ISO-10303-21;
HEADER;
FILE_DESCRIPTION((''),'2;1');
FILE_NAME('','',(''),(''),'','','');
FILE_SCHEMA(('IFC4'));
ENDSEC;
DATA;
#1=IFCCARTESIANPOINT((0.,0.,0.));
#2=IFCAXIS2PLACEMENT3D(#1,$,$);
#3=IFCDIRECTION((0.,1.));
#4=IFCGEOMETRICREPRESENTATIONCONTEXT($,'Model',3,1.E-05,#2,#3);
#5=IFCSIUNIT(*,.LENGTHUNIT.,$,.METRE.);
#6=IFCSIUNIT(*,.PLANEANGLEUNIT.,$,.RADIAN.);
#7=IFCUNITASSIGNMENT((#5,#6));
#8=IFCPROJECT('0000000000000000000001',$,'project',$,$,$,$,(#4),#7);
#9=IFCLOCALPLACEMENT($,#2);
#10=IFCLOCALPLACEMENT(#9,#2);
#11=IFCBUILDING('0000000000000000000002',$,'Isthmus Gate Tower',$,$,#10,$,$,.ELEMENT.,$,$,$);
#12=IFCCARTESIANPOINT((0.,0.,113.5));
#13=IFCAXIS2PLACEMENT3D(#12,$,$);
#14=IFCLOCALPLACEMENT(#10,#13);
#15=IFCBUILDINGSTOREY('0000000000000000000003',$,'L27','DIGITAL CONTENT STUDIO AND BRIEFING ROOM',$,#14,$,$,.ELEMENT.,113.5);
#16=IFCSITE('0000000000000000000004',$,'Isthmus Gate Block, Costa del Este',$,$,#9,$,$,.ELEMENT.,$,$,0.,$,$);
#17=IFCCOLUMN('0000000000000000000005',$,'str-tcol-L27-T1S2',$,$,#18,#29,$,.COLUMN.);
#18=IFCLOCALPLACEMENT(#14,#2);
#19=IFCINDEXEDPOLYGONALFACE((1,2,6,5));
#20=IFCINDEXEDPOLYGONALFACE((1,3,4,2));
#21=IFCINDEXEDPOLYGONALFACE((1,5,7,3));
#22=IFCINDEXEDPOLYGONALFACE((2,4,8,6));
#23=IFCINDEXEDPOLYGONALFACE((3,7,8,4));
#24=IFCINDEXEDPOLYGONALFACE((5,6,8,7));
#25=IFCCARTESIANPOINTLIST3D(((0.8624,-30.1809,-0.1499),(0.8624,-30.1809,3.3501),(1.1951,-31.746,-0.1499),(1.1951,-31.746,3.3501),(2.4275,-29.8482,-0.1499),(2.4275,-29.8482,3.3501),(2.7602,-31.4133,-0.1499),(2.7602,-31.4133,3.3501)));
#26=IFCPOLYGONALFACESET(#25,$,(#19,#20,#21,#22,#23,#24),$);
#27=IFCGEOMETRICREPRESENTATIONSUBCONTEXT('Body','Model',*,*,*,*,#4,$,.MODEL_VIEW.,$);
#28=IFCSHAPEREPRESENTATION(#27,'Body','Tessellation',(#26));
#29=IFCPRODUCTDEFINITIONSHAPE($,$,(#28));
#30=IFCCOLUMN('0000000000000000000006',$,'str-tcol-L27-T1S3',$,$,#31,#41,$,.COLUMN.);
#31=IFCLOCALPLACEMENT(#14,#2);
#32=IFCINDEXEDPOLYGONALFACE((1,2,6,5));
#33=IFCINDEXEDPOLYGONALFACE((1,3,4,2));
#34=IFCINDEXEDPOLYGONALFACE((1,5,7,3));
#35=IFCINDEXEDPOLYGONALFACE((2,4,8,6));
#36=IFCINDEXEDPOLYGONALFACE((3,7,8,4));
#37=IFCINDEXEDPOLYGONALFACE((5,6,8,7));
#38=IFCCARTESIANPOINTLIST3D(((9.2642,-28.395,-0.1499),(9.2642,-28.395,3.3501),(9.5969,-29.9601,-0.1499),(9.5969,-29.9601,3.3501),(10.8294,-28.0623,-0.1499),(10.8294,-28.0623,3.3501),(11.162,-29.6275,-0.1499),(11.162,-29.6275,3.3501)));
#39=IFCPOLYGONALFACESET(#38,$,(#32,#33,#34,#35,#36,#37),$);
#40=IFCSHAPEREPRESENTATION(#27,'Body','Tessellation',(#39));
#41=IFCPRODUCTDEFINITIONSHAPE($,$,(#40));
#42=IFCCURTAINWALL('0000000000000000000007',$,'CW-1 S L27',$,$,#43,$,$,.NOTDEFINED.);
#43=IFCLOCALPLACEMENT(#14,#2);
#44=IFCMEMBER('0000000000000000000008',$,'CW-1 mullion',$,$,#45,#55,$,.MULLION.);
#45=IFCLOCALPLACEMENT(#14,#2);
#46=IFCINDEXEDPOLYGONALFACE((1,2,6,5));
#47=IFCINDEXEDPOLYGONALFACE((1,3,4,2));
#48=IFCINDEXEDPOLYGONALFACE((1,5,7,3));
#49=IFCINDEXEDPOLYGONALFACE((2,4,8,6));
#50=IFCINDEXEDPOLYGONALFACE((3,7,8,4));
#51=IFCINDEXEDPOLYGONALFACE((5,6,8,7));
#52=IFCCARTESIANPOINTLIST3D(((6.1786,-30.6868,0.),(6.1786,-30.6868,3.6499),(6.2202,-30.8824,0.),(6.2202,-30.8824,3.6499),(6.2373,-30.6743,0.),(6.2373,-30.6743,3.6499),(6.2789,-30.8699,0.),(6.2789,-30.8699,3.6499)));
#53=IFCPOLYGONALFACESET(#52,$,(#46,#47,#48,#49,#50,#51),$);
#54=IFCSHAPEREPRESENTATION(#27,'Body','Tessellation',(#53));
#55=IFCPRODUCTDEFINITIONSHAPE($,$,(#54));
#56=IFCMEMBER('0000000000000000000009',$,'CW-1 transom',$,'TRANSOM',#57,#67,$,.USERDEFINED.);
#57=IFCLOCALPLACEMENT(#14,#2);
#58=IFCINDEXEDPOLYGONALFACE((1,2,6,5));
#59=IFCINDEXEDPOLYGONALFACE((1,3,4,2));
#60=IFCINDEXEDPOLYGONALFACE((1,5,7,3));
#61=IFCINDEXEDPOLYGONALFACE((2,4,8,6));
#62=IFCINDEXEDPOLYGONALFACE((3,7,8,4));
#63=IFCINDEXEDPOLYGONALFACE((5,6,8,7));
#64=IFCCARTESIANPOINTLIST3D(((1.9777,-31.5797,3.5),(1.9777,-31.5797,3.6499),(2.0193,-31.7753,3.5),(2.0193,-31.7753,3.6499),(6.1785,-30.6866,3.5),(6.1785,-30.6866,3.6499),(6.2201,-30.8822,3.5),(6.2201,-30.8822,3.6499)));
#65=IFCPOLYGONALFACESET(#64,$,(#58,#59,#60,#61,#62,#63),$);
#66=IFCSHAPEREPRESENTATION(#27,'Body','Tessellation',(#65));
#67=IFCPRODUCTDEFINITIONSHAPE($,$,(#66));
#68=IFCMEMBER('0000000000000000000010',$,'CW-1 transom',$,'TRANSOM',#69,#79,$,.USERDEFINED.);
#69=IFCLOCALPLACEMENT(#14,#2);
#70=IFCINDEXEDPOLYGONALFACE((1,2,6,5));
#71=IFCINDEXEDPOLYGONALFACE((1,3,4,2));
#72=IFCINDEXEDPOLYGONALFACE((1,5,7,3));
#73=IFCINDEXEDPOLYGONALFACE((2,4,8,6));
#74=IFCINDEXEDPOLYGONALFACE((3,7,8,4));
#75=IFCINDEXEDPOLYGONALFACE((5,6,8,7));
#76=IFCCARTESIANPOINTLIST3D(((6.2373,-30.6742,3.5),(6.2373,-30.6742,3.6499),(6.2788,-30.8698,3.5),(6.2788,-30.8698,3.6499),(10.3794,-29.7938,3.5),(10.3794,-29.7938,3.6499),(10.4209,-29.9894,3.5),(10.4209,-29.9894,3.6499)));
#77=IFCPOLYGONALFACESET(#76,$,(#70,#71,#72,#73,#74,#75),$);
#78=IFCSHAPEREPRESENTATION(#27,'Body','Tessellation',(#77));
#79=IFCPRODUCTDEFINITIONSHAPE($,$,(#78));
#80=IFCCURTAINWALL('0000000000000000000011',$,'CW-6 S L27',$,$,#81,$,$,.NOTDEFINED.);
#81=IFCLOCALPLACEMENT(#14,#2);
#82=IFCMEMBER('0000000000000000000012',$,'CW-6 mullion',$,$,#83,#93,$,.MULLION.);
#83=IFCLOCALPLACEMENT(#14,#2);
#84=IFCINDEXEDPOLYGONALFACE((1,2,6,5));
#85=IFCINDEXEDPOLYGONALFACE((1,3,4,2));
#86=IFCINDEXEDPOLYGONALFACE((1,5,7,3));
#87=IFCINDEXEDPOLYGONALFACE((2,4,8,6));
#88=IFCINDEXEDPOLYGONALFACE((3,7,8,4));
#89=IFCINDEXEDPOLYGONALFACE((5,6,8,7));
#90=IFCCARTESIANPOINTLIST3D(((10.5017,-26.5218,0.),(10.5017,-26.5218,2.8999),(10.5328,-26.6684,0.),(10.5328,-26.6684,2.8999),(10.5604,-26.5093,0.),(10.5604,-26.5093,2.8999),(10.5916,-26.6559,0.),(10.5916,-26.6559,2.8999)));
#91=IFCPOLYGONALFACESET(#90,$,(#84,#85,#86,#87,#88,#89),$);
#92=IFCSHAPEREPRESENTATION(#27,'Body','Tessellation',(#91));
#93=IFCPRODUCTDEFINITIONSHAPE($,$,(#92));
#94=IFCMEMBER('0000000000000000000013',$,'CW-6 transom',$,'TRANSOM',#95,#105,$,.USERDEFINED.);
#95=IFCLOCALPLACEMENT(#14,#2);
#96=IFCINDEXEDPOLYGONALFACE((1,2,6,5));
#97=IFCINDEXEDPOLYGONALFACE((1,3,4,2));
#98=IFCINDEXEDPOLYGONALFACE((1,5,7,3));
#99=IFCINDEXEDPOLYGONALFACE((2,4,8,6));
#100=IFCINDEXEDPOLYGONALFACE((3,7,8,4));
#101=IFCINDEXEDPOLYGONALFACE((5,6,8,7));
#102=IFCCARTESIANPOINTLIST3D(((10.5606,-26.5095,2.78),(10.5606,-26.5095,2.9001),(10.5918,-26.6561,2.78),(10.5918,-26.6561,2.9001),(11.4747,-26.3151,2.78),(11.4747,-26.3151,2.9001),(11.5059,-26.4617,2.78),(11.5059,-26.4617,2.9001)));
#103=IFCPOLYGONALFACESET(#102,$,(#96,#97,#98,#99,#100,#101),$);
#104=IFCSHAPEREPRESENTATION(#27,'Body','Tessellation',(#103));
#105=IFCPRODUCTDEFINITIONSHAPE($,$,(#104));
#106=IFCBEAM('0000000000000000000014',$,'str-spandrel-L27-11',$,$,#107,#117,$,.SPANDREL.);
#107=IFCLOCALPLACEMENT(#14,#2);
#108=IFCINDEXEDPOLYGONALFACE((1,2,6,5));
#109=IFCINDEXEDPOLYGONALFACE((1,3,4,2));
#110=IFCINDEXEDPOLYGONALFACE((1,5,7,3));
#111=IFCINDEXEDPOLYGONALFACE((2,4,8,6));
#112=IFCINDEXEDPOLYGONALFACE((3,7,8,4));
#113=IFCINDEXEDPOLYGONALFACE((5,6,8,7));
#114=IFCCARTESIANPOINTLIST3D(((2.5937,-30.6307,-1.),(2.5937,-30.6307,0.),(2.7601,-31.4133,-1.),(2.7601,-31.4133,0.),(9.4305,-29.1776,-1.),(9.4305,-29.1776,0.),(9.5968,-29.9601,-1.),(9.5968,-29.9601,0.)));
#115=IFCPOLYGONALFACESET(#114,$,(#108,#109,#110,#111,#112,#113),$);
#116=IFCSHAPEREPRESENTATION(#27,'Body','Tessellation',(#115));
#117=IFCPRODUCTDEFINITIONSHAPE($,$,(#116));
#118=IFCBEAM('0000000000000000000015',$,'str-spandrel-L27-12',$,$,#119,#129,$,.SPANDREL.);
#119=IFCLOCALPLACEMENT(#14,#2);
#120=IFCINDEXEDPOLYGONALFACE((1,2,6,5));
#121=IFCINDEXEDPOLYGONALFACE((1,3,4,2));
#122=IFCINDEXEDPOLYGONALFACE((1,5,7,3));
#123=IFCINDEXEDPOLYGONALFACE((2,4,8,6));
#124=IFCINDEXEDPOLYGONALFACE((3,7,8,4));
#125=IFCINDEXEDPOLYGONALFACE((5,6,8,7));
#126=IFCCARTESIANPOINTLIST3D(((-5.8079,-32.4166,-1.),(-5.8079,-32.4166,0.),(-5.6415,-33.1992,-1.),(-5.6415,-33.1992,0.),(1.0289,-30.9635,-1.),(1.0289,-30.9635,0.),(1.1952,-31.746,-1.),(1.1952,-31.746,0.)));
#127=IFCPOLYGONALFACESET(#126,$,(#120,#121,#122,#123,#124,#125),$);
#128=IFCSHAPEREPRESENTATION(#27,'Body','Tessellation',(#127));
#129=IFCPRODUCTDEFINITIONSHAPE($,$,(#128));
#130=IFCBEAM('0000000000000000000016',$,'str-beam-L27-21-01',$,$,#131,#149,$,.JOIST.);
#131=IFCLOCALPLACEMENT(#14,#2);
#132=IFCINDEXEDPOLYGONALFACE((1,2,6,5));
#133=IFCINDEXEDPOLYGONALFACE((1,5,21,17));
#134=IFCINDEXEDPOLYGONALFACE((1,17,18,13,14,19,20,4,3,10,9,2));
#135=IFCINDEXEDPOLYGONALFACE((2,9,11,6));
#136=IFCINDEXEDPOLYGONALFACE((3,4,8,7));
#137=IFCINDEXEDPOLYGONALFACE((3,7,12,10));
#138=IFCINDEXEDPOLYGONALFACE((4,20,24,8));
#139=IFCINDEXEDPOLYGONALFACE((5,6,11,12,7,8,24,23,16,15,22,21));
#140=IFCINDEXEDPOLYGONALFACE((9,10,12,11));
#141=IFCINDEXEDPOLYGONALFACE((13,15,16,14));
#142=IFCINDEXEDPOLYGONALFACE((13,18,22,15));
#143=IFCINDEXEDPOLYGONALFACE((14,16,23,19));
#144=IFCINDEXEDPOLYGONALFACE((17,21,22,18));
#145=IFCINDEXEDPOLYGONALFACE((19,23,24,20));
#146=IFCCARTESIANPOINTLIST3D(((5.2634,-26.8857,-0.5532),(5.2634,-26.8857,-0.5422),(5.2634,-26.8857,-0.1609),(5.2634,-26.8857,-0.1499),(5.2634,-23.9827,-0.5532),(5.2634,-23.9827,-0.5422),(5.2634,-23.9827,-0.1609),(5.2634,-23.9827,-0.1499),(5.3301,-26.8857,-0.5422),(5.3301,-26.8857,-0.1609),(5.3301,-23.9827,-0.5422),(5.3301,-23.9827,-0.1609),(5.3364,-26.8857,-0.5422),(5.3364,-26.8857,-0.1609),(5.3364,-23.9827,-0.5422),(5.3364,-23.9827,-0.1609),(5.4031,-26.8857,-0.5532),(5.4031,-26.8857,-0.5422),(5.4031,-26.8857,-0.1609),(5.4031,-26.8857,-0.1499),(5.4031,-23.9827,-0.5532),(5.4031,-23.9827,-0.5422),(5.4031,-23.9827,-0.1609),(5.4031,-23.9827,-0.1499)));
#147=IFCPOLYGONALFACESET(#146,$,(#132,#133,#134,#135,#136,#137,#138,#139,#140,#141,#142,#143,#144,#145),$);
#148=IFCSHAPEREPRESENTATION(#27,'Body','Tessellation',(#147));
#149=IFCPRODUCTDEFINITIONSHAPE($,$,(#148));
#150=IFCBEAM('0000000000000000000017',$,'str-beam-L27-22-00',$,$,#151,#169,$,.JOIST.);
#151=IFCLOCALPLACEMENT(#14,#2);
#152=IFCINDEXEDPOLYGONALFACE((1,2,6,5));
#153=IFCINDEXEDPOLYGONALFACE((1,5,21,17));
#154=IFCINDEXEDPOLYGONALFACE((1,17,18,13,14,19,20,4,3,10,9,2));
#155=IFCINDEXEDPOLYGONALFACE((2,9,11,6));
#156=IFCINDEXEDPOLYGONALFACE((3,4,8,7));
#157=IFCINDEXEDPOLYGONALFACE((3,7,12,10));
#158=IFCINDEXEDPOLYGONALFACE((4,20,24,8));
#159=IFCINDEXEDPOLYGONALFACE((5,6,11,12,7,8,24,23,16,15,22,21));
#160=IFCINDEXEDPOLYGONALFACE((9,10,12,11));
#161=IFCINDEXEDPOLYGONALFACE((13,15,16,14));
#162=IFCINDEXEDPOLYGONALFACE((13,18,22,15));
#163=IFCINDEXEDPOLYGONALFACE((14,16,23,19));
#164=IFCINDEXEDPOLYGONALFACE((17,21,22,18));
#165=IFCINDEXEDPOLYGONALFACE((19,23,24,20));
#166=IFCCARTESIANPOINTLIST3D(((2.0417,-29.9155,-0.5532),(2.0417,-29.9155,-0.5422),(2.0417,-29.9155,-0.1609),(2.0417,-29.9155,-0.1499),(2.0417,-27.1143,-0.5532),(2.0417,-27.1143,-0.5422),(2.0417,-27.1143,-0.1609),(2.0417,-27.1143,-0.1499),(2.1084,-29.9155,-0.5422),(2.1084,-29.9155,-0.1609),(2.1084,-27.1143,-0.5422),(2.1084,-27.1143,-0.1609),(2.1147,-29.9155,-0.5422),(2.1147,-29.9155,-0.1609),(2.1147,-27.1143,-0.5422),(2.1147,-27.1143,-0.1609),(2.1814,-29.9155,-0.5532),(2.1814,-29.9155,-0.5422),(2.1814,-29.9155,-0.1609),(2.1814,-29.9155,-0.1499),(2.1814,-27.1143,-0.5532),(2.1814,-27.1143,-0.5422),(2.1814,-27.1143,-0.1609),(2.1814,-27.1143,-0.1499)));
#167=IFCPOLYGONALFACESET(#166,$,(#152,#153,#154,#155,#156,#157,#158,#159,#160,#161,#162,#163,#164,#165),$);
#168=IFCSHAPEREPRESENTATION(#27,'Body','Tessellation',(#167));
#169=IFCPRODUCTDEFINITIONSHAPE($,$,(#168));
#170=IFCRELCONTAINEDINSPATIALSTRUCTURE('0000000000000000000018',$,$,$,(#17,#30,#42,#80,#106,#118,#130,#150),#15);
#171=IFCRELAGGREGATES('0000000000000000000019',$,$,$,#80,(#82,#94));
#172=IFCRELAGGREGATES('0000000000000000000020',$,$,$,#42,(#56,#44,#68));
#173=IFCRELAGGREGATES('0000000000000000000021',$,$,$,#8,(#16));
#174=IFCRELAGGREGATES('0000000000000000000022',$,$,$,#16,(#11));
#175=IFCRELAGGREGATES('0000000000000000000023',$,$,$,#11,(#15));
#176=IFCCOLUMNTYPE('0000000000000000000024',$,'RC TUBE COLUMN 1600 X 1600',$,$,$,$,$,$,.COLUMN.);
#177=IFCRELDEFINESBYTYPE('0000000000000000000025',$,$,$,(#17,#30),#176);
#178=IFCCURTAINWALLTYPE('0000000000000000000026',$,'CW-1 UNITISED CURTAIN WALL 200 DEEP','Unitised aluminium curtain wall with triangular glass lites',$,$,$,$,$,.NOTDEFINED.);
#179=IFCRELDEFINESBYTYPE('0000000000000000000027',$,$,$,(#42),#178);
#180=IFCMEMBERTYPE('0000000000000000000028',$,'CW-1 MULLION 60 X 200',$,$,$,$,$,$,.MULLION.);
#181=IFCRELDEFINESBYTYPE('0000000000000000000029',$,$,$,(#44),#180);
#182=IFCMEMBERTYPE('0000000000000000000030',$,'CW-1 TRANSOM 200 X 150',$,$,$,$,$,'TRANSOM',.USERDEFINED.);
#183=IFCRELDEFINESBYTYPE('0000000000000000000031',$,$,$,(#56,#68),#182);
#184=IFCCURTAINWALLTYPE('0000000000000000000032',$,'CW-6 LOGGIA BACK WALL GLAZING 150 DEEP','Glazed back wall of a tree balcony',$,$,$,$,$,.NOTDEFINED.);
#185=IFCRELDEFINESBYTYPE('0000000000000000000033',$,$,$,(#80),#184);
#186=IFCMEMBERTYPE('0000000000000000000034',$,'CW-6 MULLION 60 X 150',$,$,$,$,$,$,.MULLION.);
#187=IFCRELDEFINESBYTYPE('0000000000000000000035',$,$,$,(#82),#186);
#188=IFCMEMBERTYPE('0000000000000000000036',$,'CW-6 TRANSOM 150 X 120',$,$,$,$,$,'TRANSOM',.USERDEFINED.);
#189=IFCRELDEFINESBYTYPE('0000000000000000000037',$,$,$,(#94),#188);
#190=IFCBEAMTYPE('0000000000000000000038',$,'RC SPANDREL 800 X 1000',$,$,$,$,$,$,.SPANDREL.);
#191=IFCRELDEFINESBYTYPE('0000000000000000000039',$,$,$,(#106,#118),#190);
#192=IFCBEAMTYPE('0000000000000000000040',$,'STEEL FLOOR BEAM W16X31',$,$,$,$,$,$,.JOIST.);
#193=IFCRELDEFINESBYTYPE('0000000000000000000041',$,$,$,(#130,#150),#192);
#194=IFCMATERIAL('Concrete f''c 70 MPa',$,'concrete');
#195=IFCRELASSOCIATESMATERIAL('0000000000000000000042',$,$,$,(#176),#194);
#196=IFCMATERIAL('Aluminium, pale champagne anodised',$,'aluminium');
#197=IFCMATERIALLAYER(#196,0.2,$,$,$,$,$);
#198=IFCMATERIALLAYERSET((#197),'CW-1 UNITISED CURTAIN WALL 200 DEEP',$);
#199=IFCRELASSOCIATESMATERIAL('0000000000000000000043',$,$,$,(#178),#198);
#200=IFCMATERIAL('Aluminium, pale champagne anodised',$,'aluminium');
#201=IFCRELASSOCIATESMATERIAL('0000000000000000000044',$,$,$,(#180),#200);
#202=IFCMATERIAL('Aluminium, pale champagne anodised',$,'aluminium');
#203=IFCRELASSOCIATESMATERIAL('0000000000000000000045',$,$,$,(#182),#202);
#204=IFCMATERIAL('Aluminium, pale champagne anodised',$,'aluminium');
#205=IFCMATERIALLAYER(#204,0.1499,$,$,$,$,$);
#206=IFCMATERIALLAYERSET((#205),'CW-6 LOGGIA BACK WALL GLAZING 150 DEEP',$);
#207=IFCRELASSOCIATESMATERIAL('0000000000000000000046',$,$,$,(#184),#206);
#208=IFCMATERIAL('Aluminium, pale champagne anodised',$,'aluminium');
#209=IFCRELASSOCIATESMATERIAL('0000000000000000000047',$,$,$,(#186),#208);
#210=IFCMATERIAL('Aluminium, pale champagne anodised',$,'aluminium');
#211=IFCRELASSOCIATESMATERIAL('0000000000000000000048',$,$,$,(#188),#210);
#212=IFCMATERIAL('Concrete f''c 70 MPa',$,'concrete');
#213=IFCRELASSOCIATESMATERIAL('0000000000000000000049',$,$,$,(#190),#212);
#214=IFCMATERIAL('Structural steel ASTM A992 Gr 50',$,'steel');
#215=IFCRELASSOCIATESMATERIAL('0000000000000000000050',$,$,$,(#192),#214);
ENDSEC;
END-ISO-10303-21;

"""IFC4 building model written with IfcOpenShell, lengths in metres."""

from ifc_helpers import new_model, si_unit, direction, frame, origin, origin_2d, place, context, subcontext, project, spatial, rectangle, i_section, extrude, material, layer, layer_set, material_profile, profile_set, type_object, element, aggregate, save


model = new_model("IFC4")

# Units and contexts
model_context = context("Model", 3, precision=1e-05, world=origin(), true_north=direction((0.0, 1.0)))
body_context = subcontext(model_context, "Body", "Model", "MODEL_VIEW")
ifc_project = project(units=[si_unit("LENGTHUNIT", "METRE"), si_unit("PLANEANGLEUNIT", "RADIAN")], contexts=[model_context])

# Site, building, storey
site_placement = place(None, origin())
site = spatial("IfcSite", under=ifc_project, at=site_placement, Name="Isthmus Gate Block, Costa del Este", CompositionType="ELEMENT", RefElevation=0.0)
building_placement = place(site_placement, origin())
building = spatial("IfcBuilding", under=site, at=building_placement, Name="Isthmus Gate Tower", CompositionType="ELEMENT")
storey_placement = place(building_placement, frame((0.0, 0.0, 113.5)))
storey = spatial("IfcBuildingStorey", under=building, at=storey_placement, Name="L27", Description="DIGITAL CONTENT STUDIO AND BRIEFING ROOM", CompositionType="ELEMENT", Elevation=113.5)

# Columns
ifc_material_1 = material(Name="Concrete f'c 70 MPa", Category="concrete")
ifc_material_profile_1 = material_profile(ifc_material_1, rectangle(XDim=1.6001, YDim=1.6001, at=origin_2d()), Name="RC 1600X1600")
ifc_profile_set_1 = profile_set([ifc_material_profile_1], Name="Concrete f'c 70 MPa")
column_type = type_object("IfcColumnType", Name="RC TUBE COLUMN 1600 X 1600", PredefinedType="COLUMN", material=ifc_profile_set_1)
for number, where, z_axis, x_axis, name in (
    (1, (1.8113, -30.7971, -0.1499), (0.0, 0.0, 1.0), (0.978148, 0.207912, 0.0), "str-tcol-L27-T1S2"),
    (2, (10.2131, -29.0112, -0.1499), (0.0, 0.0, 1.0), (0.978148, 0.207912, 0.0), "str-tcol-L27-T1S3"),
):
    element("IfcColumn", number, at=place(storey_placement, frame(where, z_axis=z_axis, x_axis=x_axis)), inside=storey, type_object=column_type, Name=name, PredefinedType="COLUMN", context=body_context, shape_type="SweptSolid", body=[
        extrude(rectangle(XDim=1.6001, YDim=1.6001, at=origin_2d()), origin(), (0.0, 0.0, 1.0), 3.5),
    ])

# Curtain walls, members
ifc_material_2 = material(Name="Aluminium, pale champagne anodised", Category="aluminium")
ifc_layer_1 = layer(ifc_material_2, 0.2)
ifc_layer_set_1 = layer_set([ifc_layer_1], Name="CW-1 UNITISED CURTAIN WALL 200 DEEP")
curtain_wall_type_1 = type_object("IfcCurtainWallType", Name="CW-1 UNITISED CURTAIN WALL 200 DEEP", Description="Unitised aluminium curtain wall with triangular glass lites", PredefinedType="NOTDEFINED", material=ifc_layer_set_1)
curtain_wall_1_placement = place(storey_placement, origin())
curtain_wall_1 = element("IfcCurtainWall", 3, at=curtain_wall_1_placement, inside=storey, type_object=curtain_wall_type_1, Name="CW-1 S L27", PredefinedType="NOTDEFINED")
ifc_material_3 = material(Name="Aluminium, pale champagne anodised", Category="aluminium")
ifc_material_profile_2 = material_profile(ifc_material_3, rectangle(XDim=0.0601, YDim=0.2, at=origin_2d()), Name="60x200")
ifc_profile_set_2 = profile_set([ifc_material_profile_2], Name="Aluminium, pale champagne anodised")
member_type_1 = type_object("IfcMemberType", Name="CW-1 MULLION 60 X 200", PredefinedType="MULLION", material=ifc_profile_set_2)
member_1_placement = place(storey_placement, frame((6.2288, -30.7783, 0.0), z_axis=(0.0, 0.0, 1.0), x_axis=(0.978148, 0.207912, 0.0)))
member_1 = element("IfcMember", 4, at=member_1_placement, type_object=member_type_1, Name="CW-1 mullion", PredefinedType="MULLION", context=body_context, shape_type="SweptSolid", body=[
    extrude(rectangle(XDim=0.0601, YDim=0.2, at=origin_2d()), origin(), (0.0, 0.0, 1.0), 3.6499),
])
ifc_material_4 = material(Name="Aluminium, pale champagne anodised", Category="aluminium")
ifc_material_profile_3 = material_profile(ifc_material_4, rectangle(XDim=0.2, YDim=0.1499, at=origin_2d()), Name="200x150")
ifc_profile_set_3 = profile_set([ifc_material_profile_3], Name="Aluminium, pale champagne anodised")
member_type_2 = type_object("IfcMemberType", Name="CW-1 TRANSOM 200 X 150", ElementType="TRANSOM", PredefinedType="USERDEFINED", material=ifc_profile_set_3)
member_2_placement = place(storey_placement, frame((1.9985, -31.6775, 3.575), z_axis=(0.978139, 0.207953, 0.0), x_axis=(-0.207953, 0.978139, 0.0)))
member_2 = element("IfcMember", 5, at=member_2_placement, type_object=member_type_2, Name="CW-1 transom", ObjectType="TRANSOM", PredefinedType="USERDEFINED", context=body_context, shape_type="SweptSolid", body=[
    extrude(rectangle(XDim=0.2, YDim=0.1499, at=origin_2d()), origin(), (0.0, 0.0, 1.0), 4.2947),
])
member_3_placement = place(storey_placement, frame((6.2581, -30.772, 3.575), z_axis=(0.97815, 0.207899, 0.0), x_axis=(-0.207899, 0.97815, 0.0)))
member_3 = element("IfcMember", 6, at=member_3_placement, type_object=member_type_2, Name="CW-1 transom", ObjectType="TRANSOM", PredefinedType="USERDEFINED", context=body_context, shape_type="SweptSolid", body=[
    extrude(rectangle(XDim=0.2, YDim=0.1499, at=origin_2d()), origin(), (0.0, 0.0, 1.0), 4.2346),
])
ifc_material_5 = material(Name="Aluminium, pale champagne anodised", Category="aluminium")
ifc_layer_2 = layer(ifc_material_5, 0.1499)
ifc_layer_set_2 = layer_set([ifc_layer_2], Name="CW-6 LOGGIA BACK WALL GLAZING 150 DEEP")
curtain_wall_type_2 = type_object("IfcCurtainWallType", Name="CW-6 LOGGIA BACK WALL GLAZING 150 DEEP", Description="Glazed back wall of a tree balcony", PredefinedType="NOTDEFINED", material=ifc_layer_set_2)
curtain_wall_2_placement = place(storey_placement, origin())
curtain_wall_2 = element("IfcCurtainWall", 7, at=curtain_wall_2_placement, inside=storey, type_object=curtain_wall_type_2, Name="CW-6 S L27", PredefinedType="NOTDEFINED")
ifc_material_6 = material(Name="Aluminium, pale champagne anodised", Category="aluminium")
ifc_material_profile_4 = material_profile(ifc_material_6, rectangle(XDim=0.0601, YDim=0.1499, at=origin_2d()), Name="60x150")
ifc_profile_set_4 = profile_set([ifc_material_profile_4], Name="Aluminium, pale champagne anodised")
member_type_3 = type_object("IfcMemberType", Name="CW-6 MULLION 60 X 150", PredefinedType="MULLION", material=ifc_profile_set_4)
member_4_placement = place(storey_placement, frame((10.5466, -26.5889, 0.0), z_axis=(0.0, 0.0, 1.0), x_axis=(0.978148, 0.207912, 0.0)))
member_4 = element("IfcMember", 8, at=member_4_placement, type_object=member_type_3, Name="CW-6 mullion", PredefinedType="MULLION", context=body_context, shape_type="SweptSolid", body=[
    extrude(rectangle(XDim=0.0601, YDim=0.1499, at=origin_2d()), origin(), (0.0, 0.0, 1.0), 2.8999),
])
ifc_material_7 = material(Name="Aluminium, pale champagne anodised", Category="aluminium")
ifc_material_profile_5 = material_profile(ifc_material_7, rectangle(XDim=0.1499, YDim=0.1201, at=origin_2d()), Name="150x120")
ifc_profile_set_5 = profile_set([ifc_material_profile_5], Name="Aluminium, pale champagne anodised")
member_type_4 = type_object("IfcMemberType", Name="CW-6 TRANSOM 150 X 120", ElementType="TRANSOM", PredefinedType="USERDEFINED", material=ifc_profile_set_5)
member_5_placement = place(storey_placement, frame((10.5762, -26.5828, 2.8401), z_axis=(0.978138, 0.207959, 0.0), x_axis=(-0.207959, 0.978138, 0.0)))
member_5 = element("IfcMember", 9, at=member_5_placement, type_object=member_type_4, Name="CW-6 transom", ObjectType="TRANSOM", PredefinedType="USERDEFINED", context=body_context, shape_type="SweptSolid", body=[
    extrude(rectangle(XDim=0.1499, YDim=0.1201, at=origin_2d()), origin(), (0.0, 0.0, 1.0), 0.9346),
])

# Beams
ifc_material_8 = material(Name="Concrete f'c 70 MPa", Category="concrete")
ifc_material_profile_6 = material_profile(ifc_material_8, rectangle(XDim=0.8, YDim=1.0, at=origin_2d()), Name="RC 800X1000")
ifc_profile_set_6 = profile_set([ifc_material_profile_6], Name="Concrete f'c 70 MPa")
beam_type_1 = type_object("IfcBeamType", Name="RC SPANDREL 800 X 1000", PredefinedType="SPANDREL", material=ifc_profile_set_6)
for number, where, z_axis, x_axis, name in (
    (10, (9.5137, -29.5688, -0.5), (-0.978149, -0.207904, 0.0), (0.207904, -0.978149, 0.0), "str-spandrel-L27-11"),
    (11, (1.1121, -31.3547, -0.5), (-0.978149, -0.207904, 0.0), (0.207904, -0.978149, 0.0), "str-spandrel-L27-12"),
):
    element("IfcBeam", number, at=place(storey_placement, frame(where, z_axis=z_axis, x_axis=x_axis)), inside=storey, type_object=beam_type_1, Name=name, PredefinedType="SPANDREL", context=body_context, shape_type="SweptSolid", body=[
        extrude(rectangle(XDim=0.8, YDim=1.0, at=origin_2d()), origin(), (0.0, 0.0, 1.0), 6.9895),
    ])
ifc_material_9 = material(Name="Structural steel ASTM A992 Gr 50", Category="steel")
ifc_material_profile_7 = material_profile(ifc_material_9, i_section(OverallWidth=0.1396, OverallDepth=0.4033, WebThickness=0.0063, FlangeThickness=0.011, at=origin_2d()), Name="W16X31")
ifc_profile_set_7 = profile_set([ifc_material_profile_7], Name="Structural steel ASTM A992 Gr 50")
beam_type_2 = type_object("IfcBeamType", Name="STEEL FLOOR BEAM W16X31", PredefinedType="JOIST", material=ifc_profile_set_7)
beam_1_placement = place(storey_placement, frame((5.3333, -26.8857, -0.3516), z_axis=(0.0, 1.0, 0.0), x_axis=(-1.0, 0.0, 0.0)))
element("IfcBeam", 12, at=beam_1_placement, inside=storey, type_object=beam_type_2, Name="str-beam-L27-21-01", PredefinedType="JOIST", context=body_context, shape_type="SweptSolid", body=[
    extrude(i_section(OverallWidth=0.1396, OverallDepth=0.4033, WebThickness=0.0063, FlangeThickness=0.011, at=origin_2d()), origin(), (0.0, 0.0, 1.0), 2.9031),
])
beam_2_placement = place(storey_placement, frame((2.1116, -29.9155, -0.3516), z_axis=(0.0, 1.0, 0.0), x_axis=(-1.0, 0.0, 0.0)))
element("IfcBeam", 13, at=beam_2_placement, inside=storey, type_object=beam_type_2, Name="str-beam-L27-22-00", PredefinedType="JOIST", context=body_context, shape_type="SweptSolid", body=[
    extrude(i_section(OverallWidth=0.1396, OverallDepth=0.4033, WebThickness=0.0063, FlangeThickness=0.011, at=origin_2d()), origin(), (0.0, 0.0, 1.0), 2.8013),
])

aggregate(curtain_wall_2, [member_4, member_5])

aggregate(curtain_wall_1, [member_2, member_1, member_3])

save(model, "model.ifc")
